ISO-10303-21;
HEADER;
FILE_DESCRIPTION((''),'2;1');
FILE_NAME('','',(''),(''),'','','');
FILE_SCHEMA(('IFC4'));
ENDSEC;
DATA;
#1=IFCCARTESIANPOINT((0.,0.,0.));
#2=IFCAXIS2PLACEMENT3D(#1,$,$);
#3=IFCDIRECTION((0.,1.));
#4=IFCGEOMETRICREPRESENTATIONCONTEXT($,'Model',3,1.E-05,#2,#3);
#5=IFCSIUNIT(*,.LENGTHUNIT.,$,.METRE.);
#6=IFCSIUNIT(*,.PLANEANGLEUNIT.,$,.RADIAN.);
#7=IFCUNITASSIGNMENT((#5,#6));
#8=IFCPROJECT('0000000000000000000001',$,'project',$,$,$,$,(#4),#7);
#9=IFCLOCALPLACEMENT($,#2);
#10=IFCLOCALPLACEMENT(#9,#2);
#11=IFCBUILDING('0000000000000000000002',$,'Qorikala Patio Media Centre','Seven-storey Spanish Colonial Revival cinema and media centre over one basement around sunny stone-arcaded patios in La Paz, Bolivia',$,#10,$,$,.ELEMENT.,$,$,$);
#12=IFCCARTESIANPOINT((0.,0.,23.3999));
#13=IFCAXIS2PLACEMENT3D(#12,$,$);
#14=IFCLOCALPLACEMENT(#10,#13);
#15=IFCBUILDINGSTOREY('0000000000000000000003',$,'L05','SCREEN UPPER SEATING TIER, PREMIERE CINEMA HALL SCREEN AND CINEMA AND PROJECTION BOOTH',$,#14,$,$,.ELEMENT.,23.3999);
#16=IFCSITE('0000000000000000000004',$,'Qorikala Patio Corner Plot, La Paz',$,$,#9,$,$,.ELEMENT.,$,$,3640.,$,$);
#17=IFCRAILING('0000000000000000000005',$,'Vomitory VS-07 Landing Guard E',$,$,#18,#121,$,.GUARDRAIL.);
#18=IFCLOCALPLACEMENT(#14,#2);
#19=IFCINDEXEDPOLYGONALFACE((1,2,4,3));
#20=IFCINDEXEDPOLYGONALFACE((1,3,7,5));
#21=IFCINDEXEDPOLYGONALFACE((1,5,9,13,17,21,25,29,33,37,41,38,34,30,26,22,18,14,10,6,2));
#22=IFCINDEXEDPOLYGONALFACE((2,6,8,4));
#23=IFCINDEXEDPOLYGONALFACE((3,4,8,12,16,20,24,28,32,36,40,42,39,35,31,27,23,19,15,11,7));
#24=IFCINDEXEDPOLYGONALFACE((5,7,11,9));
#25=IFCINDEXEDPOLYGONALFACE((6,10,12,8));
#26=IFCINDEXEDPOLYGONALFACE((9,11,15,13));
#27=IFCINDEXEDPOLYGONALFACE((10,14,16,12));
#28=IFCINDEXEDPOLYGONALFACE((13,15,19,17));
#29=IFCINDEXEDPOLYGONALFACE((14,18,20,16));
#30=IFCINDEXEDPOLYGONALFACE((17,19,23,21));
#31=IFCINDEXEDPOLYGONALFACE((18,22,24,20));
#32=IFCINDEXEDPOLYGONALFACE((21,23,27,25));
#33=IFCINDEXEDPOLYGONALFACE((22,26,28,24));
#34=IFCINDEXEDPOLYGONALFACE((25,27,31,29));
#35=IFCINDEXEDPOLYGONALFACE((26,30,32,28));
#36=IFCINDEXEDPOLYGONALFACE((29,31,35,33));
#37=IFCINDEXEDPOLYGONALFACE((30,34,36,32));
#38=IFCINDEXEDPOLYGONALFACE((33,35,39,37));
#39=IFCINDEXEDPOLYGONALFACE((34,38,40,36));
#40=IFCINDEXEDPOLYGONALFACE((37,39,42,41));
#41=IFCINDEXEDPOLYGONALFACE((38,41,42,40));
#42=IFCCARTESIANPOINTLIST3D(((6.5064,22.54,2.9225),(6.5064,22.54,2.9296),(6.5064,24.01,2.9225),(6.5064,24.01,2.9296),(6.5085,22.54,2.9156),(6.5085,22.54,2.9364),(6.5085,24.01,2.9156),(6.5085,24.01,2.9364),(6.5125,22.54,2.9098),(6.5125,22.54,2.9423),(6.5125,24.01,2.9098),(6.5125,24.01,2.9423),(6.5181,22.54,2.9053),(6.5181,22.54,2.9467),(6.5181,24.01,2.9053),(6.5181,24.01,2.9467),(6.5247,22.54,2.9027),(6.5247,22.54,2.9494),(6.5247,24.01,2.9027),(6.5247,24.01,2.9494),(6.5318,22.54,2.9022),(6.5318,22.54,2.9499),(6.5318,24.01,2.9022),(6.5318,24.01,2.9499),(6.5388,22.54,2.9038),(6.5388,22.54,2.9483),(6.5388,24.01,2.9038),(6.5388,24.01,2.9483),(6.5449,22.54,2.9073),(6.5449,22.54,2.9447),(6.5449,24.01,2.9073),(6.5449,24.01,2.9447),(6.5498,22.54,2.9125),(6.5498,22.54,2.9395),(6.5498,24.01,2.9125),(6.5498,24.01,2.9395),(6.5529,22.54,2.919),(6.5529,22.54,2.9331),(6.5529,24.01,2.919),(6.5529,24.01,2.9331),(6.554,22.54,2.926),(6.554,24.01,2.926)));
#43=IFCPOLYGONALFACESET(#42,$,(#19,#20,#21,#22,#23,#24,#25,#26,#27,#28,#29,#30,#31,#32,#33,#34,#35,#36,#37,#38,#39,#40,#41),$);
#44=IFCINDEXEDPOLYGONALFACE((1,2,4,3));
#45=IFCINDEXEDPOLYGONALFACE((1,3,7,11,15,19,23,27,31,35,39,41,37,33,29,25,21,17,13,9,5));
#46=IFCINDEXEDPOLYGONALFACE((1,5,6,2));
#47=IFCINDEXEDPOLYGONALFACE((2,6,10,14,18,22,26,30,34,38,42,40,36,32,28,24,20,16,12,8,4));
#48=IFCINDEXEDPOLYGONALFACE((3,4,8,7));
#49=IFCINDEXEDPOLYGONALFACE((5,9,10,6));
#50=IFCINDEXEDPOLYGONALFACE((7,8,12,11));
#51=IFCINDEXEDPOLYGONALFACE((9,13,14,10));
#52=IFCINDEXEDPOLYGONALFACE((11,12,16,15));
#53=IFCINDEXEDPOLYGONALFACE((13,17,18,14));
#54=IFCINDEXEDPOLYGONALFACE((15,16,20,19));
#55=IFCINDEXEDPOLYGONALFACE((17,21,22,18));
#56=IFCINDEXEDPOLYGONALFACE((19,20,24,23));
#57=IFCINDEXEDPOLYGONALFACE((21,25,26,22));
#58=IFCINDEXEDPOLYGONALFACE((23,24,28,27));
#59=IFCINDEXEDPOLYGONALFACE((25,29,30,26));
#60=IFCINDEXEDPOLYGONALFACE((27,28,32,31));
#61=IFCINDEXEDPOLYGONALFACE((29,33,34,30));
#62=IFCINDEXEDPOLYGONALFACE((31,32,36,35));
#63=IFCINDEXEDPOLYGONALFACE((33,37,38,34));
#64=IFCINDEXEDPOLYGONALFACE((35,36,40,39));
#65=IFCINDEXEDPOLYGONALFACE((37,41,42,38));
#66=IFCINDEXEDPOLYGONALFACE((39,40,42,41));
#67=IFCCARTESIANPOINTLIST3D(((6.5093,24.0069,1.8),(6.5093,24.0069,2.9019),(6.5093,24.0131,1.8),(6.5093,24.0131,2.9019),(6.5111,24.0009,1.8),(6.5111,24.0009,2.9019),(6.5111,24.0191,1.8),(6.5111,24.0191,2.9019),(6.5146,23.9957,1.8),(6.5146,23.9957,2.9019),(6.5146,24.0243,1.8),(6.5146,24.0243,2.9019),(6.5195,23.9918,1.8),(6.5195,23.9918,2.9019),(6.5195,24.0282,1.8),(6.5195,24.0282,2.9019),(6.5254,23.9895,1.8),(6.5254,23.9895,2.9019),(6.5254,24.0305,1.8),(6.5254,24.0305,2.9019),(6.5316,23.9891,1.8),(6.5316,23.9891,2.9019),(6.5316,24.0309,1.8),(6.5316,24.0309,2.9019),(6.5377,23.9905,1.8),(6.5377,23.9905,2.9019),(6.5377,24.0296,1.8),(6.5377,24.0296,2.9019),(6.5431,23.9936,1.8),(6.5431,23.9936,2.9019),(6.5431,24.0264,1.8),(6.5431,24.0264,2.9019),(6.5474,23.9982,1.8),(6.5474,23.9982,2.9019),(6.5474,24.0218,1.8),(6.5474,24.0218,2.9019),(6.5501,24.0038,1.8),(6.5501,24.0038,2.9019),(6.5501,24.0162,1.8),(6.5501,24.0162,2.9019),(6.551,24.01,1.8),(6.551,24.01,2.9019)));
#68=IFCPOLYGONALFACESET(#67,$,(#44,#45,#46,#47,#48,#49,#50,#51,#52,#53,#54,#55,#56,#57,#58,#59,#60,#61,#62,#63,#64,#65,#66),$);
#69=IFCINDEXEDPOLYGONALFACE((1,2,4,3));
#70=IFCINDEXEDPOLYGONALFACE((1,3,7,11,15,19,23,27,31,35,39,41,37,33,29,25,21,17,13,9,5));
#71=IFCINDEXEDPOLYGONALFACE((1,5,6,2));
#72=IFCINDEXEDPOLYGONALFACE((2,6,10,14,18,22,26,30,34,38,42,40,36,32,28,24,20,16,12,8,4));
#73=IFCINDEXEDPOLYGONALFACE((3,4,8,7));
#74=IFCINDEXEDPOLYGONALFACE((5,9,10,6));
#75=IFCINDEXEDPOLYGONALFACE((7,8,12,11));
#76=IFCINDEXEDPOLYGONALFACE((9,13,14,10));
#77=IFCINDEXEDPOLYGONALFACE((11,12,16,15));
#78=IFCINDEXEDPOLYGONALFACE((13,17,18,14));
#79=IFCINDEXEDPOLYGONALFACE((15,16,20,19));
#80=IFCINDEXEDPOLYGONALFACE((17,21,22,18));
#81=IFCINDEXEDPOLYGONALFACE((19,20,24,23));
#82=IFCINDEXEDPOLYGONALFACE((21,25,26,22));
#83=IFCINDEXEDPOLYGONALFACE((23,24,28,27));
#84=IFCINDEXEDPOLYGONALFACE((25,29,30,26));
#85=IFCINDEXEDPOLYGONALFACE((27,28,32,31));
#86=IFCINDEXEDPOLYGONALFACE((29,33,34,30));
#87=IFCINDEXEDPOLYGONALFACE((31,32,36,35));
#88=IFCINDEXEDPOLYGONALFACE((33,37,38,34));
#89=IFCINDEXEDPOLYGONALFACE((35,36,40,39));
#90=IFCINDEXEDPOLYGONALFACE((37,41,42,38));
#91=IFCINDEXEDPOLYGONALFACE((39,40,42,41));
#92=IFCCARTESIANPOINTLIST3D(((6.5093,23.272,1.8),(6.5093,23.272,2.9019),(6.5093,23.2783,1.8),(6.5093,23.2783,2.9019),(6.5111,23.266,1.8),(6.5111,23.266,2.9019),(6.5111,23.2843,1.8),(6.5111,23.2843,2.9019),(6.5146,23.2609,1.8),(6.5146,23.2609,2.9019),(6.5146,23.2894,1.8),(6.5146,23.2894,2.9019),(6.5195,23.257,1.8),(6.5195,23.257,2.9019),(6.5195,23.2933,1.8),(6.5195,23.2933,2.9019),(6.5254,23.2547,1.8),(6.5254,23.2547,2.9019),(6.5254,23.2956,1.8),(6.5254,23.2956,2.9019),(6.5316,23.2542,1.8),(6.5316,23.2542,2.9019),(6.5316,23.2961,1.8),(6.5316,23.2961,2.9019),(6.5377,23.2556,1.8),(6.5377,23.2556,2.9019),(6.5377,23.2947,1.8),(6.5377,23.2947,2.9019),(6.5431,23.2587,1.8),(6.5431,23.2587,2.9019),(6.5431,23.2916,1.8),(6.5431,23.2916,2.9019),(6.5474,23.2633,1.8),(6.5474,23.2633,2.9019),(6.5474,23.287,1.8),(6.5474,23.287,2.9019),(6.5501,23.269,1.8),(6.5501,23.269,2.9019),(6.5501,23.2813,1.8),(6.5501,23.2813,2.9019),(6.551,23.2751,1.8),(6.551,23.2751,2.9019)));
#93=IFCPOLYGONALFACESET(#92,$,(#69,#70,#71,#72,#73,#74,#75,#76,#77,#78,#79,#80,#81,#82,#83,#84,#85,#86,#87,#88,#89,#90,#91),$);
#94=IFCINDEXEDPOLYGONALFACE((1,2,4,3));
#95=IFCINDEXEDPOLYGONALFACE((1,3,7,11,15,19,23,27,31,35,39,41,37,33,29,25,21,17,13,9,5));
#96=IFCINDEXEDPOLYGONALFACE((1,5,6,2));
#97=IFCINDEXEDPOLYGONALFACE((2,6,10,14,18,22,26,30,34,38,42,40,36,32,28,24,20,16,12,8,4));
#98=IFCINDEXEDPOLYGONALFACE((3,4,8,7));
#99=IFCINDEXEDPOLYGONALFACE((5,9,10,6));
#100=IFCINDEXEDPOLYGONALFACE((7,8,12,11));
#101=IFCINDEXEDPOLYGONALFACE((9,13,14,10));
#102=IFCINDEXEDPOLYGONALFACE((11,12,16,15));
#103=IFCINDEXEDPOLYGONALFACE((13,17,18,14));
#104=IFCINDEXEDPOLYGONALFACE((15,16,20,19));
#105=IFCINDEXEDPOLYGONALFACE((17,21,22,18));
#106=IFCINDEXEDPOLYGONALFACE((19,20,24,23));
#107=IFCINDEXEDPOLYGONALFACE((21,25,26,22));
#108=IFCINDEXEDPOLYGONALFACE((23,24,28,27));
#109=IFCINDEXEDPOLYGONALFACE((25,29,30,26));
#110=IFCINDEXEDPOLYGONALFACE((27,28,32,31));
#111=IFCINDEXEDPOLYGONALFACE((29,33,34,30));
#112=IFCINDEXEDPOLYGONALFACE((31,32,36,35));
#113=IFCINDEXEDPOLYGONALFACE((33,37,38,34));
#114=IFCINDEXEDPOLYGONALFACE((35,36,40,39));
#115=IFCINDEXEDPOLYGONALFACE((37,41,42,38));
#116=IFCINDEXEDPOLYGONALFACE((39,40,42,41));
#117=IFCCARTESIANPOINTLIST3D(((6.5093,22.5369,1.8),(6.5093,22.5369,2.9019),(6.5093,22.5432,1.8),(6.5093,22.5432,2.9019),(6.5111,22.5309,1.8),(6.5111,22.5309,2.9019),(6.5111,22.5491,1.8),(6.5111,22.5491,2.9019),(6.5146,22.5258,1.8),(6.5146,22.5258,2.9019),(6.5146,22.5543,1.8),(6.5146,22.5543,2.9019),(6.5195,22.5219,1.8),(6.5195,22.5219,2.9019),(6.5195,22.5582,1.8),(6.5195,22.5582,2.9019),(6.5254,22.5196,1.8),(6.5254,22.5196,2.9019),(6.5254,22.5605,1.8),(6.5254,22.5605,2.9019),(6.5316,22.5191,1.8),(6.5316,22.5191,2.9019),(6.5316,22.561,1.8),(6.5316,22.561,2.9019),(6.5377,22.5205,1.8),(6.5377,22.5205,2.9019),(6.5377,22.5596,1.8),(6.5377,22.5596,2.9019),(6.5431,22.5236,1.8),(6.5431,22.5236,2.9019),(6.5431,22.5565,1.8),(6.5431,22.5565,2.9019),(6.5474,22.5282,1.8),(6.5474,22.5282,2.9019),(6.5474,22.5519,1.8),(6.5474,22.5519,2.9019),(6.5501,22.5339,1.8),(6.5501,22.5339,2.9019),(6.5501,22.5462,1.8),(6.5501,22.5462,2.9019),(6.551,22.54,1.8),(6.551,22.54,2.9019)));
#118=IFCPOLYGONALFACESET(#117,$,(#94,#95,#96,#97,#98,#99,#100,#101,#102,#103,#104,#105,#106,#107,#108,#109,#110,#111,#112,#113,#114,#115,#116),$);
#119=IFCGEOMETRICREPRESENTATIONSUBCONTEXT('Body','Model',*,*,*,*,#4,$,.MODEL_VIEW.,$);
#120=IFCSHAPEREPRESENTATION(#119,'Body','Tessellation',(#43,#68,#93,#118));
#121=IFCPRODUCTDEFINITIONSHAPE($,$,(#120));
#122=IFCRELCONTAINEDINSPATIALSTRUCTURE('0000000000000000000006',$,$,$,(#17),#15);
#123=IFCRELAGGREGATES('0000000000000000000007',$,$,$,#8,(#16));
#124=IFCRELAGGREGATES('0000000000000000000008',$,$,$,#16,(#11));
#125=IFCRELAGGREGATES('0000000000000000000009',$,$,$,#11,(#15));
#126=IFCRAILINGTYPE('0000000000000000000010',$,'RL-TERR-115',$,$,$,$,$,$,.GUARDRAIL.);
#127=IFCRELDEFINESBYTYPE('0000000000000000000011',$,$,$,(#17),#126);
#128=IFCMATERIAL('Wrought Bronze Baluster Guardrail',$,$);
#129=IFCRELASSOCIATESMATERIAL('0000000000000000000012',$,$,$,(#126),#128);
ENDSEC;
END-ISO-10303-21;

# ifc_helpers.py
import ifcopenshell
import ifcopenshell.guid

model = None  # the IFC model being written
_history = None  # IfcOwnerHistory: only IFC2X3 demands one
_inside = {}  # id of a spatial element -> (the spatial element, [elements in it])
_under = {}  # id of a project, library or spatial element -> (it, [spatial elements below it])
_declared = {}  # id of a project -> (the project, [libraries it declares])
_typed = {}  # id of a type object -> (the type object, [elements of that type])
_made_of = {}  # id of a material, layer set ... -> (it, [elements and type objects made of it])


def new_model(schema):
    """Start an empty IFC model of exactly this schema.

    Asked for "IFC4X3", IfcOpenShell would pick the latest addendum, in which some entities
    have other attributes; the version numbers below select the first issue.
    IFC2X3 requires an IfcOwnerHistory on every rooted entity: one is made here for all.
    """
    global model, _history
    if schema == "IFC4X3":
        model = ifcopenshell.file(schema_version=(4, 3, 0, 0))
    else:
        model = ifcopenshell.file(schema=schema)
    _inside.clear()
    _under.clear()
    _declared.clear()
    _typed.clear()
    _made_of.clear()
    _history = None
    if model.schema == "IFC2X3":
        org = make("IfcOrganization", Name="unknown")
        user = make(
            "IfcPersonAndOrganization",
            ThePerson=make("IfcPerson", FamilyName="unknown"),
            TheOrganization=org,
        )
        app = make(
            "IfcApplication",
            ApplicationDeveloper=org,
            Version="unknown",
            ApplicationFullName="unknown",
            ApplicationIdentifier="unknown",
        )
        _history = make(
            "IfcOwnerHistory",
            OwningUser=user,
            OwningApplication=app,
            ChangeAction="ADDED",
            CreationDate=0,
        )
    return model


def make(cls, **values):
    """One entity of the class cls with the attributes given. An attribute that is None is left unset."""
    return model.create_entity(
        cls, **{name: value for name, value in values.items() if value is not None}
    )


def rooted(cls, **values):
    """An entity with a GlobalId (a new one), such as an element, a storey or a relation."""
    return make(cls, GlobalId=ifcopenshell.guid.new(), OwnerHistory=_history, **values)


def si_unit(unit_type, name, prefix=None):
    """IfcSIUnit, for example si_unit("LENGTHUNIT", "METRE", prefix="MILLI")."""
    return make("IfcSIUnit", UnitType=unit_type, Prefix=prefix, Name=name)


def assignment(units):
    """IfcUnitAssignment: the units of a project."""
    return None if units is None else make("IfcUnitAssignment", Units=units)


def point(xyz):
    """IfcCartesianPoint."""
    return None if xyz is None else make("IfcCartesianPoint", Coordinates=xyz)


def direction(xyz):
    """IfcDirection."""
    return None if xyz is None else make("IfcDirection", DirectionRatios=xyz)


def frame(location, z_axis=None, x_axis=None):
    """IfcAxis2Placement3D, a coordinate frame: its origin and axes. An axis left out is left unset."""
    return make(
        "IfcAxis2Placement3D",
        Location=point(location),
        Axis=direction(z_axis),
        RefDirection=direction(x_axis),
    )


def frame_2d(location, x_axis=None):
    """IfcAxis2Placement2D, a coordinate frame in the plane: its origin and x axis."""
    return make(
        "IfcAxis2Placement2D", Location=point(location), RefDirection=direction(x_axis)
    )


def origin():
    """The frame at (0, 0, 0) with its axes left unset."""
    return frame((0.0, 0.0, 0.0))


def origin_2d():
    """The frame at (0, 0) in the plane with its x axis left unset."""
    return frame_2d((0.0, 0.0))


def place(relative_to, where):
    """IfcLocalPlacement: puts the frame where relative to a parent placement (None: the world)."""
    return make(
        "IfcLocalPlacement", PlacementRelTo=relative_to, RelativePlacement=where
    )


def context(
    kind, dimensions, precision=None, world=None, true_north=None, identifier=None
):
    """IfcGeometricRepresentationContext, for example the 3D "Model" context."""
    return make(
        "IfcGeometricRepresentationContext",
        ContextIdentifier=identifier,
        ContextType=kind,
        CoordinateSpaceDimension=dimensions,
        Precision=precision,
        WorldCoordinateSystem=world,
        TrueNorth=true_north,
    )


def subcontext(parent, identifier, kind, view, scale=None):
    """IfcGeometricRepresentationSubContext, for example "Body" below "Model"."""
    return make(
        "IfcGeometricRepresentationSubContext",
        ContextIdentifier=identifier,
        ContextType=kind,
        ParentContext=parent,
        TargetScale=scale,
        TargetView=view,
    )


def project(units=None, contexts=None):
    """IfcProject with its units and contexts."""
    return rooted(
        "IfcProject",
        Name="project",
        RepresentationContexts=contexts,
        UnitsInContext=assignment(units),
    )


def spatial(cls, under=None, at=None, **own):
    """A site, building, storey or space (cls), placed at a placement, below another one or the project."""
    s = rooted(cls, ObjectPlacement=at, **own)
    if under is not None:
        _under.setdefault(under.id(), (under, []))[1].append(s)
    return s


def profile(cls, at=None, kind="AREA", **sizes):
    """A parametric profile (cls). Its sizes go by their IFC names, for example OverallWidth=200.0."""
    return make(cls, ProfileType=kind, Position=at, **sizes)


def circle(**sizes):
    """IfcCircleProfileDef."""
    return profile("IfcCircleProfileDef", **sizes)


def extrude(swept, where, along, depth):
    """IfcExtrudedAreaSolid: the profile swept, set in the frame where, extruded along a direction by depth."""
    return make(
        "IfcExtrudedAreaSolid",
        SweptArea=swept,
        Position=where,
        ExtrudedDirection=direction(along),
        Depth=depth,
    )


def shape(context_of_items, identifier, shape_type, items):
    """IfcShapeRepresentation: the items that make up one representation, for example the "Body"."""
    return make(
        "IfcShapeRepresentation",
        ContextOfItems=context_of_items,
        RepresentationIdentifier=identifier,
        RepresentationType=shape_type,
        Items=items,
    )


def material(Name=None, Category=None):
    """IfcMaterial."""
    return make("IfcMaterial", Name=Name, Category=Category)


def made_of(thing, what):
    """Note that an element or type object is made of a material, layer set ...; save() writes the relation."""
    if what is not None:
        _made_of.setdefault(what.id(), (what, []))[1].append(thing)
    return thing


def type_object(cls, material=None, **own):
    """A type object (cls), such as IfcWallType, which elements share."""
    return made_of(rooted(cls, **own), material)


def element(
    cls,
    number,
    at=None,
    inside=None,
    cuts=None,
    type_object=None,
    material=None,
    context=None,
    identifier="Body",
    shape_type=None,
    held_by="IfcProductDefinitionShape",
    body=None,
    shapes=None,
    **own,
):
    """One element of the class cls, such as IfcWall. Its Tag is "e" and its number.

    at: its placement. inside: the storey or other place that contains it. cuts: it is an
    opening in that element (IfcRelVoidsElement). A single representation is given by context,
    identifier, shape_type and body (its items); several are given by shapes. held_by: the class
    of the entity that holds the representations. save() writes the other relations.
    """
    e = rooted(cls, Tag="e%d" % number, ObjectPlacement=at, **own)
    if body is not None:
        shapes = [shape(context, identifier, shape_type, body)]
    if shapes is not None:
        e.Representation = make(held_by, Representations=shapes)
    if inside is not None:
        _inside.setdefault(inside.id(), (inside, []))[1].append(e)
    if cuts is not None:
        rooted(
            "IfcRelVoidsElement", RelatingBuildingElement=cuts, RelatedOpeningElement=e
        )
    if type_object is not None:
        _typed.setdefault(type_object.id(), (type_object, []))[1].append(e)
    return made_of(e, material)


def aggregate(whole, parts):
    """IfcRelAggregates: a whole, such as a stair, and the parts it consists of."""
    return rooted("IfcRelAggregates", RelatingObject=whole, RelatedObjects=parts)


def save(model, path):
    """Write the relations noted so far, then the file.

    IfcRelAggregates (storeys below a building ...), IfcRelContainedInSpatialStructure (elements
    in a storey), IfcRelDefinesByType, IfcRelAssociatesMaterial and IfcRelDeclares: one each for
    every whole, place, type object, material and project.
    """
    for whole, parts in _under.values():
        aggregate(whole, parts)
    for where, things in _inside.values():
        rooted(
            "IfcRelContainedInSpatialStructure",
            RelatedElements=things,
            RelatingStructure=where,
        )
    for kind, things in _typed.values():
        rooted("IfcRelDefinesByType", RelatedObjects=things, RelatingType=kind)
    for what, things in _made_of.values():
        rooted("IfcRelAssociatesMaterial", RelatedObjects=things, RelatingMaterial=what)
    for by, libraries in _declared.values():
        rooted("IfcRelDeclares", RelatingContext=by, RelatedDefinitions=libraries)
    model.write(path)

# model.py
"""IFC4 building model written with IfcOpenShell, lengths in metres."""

from ifc_helpers import new_model, si_unit, direction, frame, origin, origin_2d, place, context, subcontext, project, spatial, circle, extrude, material, type_object, element, save


model = new_model("IFC4")

# Units and contexts
model_context = context("Model", 3, precision=1e-05, world=origin(), true_north=direction((0.0, 1.0)))
body_context = subcontext(model_context, "Body", "Model", "MODEL_VIEW")
ifc_project = project(units=[si_unit("LENGTHUNIT", "METRE"), si_unit("PLANEANGLEUNIT", "RADIAN")], contexts=[model_context])

# Site, building, storey
site_placement = place(None, origin())
site = spatial("IfcSite", under=ifc_project, at=site_placement, Name="Qorikala Patio Corner Plot, La Paz", CompositionType="ELEMENT", RefElevation=3640.0)
building_placement = place(site_placement, origin())
building = spatial("IfcBuilding", under=site, at=building_placement, Name="Qorikala Patio Media Centre", Description="Seven-storey Spanish Colonial Revival cinema and media centre over one basement around sunny stone-arcaded patios in La Paz, Bolivia", CompositionType="ELEMENT")
storey_placement = place(building_placement, frame((0.0, 0.0, 23.3999)))
storey = spatial("IfcBuildingStorey", under=building, at=storey_placement, Name="L05", Description="SCREEN UPPER SEATING TIER, PREMIERE CINEMA HALL SCREEN AND CINEMA AND PROJECTION BOOTH", CompositionType="ELEMENT", Elevation=23.3999)

# Railing
ifc_material_1 = material(Name="Wrought Bronze Baluster Guardrail")
railing_type_1 = type_object("IfcRailingType", Name="RL-TERR-115", PredefinedType="GUARDRAIL", material=ifc_material_1)
railing_1_placement = place(storey_placement, frame((6.53, 24.01, 1.8)))
element("IfcRailing", 1, at=railing_1_placement, inside=storey, type_object=railing_type_1, Name="Vomitory VS-07 Landing Guard E", PredefinedType="GUARDRAIL", context=body_context, shape_type="SweptSolid", body=[
    extrude(circle(Radius=0.0239, at=origin_2d()), frame((0.0, 0.0, 1.126), z_axis=(0.0, -1.0, 0.0), x_axis=(1.0, 0.0, 0.0)), (0.0, 0.0, 1.0), 1.47),
    extrude(circle(Radius=0.021, at=origin_2d()), origin(), (0.0, 0.0, 1.0), 1.1018),
    extrude(circle(Radius=0.021, at=origin_2d()), frame((0.0, -0.7349, 0.0)), (0.0, 0.0, 1.0), 1.1018),
    extrude(circle(Radius=0.021, at=origin_2d()), frame((0.0, -1.47, 0.0)), (0.0, 0.0, 1.0), 1.1018),
])

save(model, "model.ifc")
